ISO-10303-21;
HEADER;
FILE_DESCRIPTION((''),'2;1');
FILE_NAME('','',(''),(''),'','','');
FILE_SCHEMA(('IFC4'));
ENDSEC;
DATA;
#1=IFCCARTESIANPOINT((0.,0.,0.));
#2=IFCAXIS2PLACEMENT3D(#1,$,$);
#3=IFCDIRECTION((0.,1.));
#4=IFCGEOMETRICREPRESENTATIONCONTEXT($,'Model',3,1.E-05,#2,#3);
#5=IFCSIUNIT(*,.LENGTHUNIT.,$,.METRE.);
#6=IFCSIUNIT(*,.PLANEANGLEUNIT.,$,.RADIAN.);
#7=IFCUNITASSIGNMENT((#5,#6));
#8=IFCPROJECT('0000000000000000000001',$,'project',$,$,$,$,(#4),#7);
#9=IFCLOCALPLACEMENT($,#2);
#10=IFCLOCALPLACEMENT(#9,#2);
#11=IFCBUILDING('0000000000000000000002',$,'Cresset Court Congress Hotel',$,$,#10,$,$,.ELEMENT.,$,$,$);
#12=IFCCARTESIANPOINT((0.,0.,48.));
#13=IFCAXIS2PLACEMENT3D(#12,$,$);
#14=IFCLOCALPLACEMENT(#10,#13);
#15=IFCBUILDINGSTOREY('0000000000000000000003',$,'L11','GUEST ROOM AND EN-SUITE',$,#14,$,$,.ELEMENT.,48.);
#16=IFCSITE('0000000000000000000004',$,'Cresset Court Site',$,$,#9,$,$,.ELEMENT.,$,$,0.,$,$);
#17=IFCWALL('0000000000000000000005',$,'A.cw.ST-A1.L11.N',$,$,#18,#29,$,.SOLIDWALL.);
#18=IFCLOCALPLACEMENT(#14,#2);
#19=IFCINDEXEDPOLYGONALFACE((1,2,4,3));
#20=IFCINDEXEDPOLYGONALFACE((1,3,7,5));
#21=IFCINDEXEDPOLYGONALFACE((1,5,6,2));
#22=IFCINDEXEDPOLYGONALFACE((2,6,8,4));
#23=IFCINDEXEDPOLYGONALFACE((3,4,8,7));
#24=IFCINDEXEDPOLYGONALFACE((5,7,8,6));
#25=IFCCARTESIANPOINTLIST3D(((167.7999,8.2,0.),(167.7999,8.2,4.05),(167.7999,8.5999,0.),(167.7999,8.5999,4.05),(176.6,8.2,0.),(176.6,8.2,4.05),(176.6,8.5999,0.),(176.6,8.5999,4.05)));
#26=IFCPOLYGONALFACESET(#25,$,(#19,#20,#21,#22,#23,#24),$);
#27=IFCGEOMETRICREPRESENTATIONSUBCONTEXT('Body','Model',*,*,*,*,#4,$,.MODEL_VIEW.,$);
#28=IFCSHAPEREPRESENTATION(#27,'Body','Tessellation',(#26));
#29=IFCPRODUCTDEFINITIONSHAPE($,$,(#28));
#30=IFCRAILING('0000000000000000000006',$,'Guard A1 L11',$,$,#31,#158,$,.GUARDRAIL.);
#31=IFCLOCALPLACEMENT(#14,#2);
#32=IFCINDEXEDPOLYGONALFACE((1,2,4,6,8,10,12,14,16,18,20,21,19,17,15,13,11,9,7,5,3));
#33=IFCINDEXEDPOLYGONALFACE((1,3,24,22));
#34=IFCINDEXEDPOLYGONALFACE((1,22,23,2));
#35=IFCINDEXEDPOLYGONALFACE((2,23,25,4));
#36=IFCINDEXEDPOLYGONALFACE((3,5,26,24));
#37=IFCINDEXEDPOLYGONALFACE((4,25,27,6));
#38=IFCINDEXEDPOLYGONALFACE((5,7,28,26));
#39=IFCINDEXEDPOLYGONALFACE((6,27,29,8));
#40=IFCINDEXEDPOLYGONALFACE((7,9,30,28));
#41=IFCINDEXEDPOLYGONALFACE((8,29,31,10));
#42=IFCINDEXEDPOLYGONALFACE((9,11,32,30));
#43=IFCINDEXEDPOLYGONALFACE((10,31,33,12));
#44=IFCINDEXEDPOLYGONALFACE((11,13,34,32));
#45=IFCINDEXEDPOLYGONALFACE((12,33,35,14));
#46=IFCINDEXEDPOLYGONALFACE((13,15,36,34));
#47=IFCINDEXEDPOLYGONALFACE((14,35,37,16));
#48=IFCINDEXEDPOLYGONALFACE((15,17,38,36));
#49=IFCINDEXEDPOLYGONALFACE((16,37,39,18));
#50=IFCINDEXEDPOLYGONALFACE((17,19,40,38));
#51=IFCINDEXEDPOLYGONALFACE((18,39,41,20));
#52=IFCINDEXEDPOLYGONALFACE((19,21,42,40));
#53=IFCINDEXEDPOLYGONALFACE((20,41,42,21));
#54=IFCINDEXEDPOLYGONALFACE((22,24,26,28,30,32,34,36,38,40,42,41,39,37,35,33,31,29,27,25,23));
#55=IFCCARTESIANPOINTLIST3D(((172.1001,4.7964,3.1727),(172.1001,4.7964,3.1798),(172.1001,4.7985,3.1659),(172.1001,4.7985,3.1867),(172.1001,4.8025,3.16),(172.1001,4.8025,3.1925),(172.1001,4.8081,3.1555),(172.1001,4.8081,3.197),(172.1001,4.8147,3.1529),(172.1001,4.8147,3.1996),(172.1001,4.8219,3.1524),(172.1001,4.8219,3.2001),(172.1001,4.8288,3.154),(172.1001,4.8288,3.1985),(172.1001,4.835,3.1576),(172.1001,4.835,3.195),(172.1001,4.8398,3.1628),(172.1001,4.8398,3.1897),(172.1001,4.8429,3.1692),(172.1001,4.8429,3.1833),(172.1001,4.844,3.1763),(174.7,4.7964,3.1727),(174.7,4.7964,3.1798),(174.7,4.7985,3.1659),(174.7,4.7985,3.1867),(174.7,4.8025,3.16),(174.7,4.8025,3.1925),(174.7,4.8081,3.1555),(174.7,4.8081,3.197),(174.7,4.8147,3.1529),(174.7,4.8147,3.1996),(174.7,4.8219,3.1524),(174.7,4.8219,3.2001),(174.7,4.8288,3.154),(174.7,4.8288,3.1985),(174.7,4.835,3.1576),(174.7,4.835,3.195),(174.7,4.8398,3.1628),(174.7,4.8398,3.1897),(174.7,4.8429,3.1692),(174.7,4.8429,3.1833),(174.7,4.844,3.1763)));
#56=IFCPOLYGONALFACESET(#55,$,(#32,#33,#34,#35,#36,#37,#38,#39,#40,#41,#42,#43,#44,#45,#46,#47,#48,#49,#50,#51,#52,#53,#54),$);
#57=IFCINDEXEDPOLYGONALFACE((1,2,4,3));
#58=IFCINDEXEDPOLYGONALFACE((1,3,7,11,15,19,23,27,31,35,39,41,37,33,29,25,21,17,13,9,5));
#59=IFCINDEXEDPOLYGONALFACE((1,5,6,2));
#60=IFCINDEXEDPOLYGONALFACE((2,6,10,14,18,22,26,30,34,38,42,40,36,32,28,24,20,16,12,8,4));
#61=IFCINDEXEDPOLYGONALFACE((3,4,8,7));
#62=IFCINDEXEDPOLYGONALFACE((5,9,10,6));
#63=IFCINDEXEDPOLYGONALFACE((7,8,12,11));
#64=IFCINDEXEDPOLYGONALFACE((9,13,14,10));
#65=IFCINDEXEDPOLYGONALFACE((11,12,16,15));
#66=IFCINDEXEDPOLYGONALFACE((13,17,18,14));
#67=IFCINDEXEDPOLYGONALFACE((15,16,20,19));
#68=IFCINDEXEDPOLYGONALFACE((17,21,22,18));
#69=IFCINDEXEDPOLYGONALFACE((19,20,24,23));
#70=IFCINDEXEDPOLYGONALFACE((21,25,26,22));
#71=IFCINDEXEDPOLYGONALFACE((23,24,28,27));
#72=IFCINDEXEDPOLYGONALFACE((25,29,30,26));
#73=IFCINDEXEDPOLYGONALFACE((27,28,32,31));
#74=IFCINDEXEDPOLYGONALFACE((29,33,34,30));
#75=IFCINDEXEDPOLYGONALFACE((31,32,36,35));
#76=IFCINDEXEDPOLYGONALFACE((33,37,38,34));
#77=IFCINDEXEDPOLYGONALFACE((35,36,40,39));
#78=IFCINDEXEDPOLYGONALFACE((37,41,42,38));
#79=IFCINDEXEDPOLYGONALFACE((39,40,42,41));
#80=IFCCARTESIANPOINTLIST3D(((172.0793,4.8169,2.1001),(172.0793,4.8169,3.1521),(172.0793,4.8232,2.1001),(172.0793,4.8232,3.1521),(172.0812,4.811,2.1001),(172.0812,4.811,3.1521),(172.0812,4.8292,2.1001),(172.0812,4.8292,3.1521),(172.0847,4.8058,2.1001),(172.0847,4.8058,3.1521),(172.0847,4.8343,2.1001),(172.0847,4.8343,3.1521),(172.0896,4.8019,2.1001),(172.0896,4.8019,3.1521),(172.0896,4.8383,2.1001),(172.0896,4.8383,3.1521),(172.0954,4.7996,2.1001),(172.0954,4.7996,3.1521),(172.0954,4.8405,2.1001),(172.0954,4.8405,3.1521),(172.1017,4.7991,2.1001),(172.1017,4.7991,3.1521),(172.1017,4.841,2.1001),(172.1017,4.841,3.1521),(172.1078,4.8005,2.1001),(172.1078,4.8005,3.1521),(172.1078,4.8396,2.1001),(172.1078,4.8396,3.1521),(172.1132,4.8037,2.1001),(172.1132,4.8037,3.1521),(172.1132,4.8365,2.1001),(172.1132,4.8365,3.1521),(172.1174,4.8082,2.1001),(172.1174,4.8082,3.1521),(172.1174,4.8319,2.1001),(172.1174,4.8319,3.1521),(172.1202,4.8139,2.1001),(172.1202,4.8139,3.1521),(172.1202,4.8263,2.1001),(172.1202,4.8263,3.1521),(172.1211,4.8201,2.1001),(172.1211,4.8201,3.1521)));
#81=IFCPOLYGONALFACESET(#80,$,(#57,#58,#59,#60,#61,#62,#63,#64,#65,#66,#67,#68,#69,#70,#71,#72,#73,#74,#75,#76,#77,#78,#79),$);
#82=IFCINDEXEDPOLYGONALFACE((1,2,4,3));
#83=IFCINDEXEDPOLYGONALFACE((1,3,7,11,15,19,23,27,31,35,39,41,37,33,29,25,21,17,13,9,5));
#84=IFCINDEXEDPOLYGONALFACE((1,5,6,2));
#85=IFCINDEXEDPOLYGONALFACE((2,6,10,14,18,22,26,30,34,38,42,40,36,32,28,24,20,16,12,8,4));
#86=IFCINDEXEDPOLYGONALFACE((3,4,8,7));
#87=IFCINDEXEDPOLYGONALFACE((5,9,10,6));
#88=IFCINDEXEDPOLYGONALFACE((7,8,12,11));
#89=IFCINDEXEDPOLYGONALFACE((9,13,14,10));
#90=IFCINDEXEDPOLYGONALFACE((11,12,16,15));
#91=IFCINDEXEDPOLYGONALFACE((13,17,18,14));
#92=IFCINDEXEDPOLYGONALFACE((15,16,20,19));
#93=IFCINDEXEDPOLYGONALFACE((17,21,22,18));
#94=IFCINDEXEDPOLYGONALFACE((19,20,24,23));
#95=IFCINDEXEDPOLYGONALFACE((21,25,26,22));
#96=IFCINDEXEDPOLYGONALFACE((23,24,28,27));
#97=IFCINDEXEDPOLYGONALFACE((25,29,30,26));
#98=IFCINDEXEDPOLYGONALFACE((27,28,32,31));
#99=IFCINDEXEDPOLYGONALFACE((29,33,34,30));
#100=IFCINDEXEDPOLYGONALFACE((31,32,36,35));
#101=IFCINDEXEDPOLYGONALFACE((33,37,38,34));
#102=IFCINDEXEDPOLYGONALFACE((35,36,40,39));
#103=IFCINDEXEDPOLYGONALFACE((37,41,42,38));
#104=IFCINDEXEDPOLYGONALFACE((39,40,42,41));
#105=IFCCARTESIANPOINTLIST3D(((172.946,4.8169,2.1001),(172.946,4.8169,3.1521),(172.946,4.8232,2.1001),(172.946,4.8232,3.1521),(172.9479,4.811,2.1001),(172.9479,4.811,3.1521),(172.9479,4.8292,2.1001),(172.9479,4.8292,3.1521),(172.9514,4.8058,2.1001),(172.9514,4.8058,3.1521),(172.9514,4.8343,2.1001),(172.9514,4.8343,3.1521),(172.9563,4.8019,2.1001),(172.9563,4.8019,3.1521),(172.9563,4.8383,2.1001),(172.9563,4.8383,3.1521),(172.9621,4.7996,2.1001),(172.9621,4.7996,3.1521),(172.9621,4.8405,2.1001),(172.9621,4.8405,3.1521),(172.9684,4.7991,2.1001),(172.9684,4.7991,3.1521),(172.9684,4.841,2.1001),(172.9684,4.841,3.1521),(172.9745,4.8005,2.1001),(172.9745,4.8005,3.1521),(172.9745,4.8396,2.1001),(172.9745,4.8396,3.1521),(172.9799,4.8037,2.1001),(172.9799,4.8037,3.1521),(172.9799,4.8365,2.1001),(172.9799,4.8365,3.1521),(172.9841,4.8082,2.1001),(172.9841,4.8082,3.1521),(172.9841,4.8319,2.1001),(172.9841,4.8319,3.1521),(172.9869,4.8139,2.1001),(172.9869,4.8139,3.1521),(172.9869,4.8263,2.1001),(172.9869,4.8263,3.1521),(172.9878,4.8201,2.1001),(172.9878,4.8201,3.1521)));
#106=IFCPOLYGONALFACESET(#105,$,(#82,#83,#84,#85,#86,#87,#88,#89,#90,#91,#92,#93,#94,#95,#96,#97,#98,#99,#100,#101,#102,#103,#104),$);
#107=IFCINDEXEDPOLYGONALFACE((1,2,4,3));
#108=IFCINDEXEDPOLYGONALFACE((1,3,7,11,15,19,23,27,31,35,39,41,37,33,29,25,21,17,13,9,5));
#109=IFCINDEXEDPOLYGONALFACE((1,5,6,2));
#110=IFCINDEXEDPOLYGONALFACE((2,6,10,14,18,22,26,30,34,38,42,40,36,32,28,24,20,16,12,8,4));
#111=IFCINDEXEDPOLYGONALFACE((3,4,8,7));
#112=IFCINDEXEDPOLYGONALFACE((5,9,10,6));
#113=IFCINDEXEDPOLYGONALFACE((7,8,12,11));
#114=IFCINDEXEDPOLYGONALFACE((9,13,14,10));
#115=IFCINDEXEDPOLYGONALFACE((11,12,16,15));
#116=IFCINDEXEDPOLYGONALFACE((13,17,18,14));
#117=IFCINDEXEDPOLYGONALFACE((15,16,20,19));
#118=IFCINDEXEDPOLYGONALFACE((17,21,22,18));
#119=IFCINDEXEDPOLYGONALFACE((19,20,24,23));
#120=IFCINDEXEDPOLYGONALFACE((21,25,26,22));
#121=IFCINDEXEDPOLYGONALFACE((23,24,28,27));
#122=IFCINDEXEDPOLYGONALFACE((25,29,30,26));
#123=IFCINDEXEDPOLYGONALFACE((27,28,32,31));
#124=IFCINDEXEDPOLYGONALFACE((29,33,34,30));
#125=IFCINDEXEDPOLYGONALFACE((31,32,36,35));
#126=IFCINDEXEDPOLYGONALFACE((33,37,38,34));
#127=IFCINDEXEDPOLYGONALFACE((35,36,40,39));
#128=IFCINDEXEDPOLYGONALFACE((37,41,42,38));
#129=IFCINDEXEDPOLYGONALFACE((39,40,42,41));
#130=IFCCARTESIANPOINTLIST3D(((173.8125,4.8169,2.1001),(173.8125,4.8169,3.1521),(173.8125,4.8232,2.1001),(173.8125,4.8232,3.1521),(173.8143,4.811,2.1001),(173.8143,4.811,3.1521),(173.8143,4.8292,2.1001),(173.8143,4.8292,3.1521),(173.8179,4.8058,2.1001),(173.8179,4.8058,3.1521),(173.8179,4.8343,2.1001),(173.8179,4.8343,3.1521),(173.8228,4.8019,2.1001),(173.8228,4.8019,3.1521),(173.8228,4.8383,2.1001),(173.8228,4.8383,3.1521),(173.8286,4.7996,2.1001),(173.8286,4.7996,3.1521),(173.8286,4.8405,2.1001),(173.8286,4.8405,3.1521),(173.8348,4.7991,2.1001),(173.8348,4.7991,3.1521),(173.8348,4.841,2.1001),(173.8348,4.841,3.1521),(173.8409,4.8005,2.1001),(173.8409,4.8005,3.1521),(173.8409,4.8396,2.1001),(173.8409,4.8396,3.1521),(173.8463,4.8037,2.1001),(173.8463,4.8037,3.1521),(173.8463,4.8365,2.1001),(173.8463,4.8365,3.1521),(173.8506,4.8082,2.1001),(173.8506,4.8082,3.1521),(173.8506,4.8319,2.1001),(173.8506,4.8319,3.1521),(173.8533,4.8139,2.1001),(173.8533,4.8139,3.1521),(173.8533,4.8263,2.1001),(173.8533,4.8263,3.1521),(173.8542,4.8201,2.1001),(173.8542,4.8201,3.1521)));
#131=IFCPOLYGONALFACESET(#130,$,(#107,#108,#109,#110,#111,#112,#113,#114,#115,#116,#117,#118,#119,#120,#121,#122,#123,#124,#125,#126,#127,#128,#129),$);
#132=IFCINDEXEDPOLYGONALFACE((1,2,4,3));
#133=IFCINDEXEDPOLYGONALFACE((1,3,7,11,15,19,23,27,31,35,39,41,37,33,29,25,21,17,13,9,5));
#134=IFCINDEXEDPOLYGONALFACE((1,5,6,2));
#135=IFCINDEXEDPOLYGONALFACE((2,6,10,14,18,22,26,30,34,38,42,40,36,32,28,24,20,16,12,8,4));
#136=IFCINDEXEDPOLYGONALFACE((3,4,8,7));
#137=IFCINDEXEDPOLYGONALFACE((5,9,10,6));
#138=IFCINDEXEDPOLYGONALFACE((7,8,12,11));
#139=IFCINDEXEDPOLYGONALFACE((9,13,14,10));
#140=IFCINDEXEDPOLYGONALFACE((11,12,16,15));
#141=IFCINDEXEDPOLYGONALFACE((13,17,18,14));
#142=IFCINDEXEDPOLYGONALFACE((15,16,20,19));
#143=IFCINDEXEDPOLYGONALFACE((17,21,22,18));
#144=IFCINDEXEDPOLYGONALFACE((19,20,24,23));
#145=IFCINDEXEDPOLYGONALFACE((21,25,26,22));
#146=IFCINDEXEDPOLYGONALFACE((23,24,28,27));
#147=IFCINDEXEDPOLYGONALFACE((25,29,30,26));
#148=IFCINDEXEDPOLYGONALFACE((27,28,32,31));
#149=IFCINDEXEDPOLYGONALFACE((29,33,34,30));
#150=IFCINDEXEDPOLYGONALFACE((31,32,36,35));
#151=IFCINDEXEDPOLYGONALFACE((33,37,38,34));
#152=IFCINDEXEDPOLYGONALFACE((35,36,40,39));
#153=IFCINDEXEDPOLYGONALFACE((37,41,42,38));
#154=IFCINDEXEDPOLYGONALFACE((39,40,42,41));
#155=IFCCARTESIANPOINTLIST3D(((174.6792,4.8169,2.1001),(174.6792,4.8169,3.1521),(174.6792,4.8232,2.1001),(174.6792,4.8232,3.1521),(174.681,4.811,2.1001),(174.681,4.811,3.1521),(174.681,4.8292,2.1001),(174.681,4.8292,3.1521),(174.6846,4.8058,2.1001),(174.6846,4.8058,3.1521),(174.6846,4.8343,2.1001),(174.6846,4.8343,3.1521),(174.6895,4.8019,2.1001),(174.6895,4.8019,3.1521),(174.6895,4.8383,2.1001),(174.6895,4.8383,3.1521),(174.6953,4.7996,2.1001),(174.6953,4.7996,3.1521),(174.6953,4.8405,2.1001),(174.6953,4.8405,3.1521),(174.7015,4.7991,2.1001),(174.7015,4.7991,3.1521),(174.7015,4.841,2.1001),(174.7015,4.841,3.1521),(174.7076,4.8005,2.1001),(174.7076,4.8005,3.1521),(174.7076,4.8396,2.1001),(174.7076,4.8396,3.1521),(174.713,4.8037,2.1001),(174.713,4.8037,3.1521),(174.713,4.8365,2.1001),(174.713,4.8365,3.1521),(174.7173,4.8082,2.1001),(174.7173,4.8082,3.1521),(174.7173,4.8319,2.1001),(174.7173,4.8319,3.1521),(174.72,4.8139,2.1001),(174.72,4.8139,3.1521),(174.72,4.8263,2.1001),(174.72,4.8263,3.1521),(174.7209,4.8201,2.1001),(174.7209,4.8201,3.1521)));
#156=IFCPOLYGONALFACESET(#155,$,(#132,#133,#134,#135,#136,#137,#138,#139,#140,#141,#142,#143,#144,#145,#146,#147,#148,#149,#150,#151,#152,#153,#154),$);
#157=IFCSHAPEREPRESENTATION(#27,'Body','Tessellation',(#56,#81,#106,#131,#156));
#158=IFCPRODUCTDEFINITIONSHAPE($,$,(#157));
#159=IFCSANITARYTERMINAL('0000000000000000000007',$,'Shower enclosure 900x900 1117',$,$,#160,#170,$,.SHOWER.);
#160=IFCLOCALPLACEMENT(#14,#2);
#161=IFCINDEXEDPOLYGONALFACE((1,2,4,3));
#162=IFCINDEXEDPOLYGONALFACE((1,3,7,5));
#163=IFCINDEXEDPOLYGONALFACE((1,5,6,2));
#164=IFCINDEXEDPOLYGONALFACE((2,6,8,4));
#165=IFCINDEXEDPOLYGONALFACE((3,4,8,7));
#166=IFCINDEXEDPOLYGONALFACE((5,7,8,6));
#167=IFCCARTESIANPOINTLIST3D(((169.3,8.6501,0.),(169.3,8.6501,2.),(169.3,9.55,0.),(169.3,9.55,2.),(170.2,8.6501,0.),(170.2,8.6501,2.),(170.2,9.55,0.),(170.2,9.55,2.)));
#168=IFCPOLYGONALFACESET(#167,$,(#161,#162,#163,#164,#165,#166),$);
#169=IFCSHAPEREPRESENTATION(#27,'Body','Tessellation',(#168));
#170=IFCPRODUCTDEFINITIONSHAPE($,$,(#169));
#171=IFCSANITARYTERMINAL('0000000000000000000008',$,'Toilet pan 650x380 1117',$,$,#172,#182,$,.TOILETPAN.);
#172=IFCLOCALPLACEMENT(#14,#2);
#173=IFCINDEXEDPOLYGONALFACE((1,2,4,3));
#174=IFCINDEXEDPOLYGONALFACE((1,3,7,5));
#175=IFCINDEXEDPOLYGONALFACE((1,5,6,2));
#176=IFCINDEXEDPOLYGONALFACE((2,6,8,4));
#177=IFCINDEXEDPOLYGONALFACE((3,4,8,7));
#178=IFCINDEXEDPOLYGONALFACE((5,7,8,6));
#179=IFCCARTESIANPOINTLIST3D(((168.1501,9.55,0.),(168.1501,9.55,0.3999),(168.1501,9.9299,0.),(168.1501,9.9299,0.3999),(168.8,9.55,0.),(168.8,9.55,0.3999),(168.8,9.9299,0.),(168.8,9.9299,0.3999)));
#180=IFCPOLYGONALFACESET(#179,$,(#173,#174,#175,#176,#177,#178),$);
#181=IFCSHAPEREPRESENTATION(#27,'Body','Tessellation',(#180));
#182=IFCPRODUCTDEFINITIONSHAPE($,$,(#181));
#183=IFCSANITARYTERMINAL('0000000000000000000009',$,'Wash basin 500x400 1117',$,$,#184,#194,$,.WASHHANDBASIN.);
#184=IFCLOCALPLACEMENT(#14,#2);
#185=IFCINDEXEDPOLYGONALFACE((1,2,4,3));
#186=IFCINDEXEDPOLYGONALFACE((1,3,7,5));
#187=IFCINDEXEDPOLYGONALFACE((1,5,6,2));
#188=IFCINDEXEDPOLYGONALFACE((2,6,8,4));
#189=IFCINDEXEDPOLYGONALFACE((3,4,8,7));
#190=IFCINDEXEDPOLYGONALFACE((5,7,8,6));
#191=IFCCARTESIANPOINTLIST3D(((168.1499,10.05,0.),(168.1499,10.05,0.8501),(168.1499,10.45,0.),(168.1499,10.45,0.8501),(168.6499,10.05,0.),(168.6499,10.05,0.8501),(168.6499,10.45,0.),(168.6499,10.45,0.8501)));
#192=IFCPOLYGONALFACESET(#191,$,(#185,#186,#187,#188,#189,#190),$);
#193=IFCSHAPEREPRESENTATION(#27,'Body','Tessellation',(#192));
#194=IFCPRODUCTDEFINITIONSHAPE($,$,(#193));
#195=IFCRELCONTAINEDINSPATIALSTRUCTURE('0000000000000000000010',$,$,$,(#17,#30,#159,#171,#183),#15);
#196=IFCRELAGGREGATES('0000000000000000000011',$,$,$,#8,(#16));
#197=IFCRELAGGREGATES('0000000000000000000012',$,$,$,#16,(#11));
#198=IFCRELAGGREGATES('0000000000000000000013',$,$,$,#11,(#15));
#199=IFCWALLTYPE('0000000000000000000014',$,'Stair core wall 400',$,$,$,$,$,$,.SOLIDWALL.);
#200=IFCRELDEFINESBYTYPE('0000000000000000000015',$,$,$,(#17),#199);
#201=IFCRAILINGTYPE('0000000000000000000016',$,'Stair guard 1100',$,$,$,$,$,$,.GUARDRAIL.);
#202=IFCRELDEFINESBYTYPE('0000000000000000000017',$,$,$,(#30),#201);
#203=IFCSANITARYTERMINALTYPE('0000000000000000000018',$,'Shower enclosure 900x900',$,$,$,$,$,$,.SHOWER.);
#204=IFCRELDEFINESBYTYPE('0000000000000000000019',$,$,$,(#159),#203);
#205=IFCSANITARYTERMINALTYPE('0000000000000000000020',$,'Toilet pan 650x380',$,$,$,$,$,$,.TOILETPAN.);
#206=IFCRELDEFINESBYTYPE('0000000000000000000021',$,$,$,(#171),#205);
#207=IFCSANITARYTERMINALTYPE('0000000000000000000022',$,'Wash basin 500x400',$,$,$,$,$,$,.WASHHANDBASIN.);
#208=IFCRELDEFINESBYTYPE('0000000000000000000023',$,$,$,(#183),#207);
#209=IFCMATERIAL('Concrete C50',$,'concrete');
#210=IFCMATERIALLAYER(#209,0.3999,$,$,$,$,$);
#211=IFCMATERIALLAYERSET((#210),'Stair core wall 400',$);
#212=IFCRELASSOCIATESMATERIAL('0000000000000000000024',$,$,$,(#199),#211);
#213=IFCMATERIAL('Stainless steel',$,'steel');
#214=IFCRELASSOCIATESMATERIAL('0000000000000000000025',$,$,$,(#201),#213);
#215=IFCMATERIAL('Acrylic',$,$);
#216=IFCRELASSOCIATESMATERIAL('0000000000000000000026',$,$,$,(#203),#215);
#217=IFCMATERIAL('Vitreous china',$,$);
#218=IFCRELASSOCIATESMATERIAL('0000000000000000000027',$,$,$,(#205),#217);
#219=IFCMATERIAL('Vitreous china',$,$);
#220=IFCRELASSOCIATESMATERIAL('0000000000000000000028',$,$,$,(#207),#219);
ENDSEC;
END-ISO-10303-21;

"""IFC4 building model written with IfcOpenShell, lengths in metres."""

from ifc_helpers import new_model, si_unit, direction, frame, frame_2d, origin, origin_2d, place, context, subcontext, project, spatial, rectangle, circle, extrude, material, layer, layer_set, type_object, element, save


model = new_model("IFC4")

# Units and contexts
model_context = context("Model", 3, precision=1e-05, world=origin(), true_north=direction((0.0, 1.0)))
body_context = subcontext(model_context, "Body", "Model", "MODEL_VIEW")
ifc_project = project(units=[si_unit("LENGTHUNIT", "METRE"), si_unit("PLANEANGLEUNIT", "RADIAN")], contexts=[model_context])

# Site, building, storey
site_placement = place(None, origin())
site = spatial("IfcSite", under=ifc_project, at=site_placement, Name="Cresset Court Site", CompositionType="ELEMENT", RefElevation=0.0)
building_placement = place(site_placement, origin())
building = spatial("IfcBuilding", under=site, at=building_placement, Name="Cresset Court Congress Hotel", CompositionType="ELEMENT")
storey_placement = place(building_placement, frame((0.0, 0.0, 48.0)))
storey = spatial("IfcBuildingStorey", under=building, at=storey_placement, Name="L11", Description="GUEST ROOM AND EN-SUITE", CompositionType="ELEMENT", Elevation=48.0)

# Wall
ifc_material_1 = material(Name="Concrete C50", Category="concrete")
ifc_layer_1 = layer(ifc_material_1, 0.3999)
ifc_layer_set_1 = layer_set([ifc_layer_1], Name="Stair core wall 400")
wall_type_1 = type_object("IfcWallType", Name="Stair core wall 400", PredefinedType="SOLIDWALL", material=ifc_layer_set_1)
wall_1_placement = place(storey_placement, frame((167.8, 8.3999, 0.0), z_axis=(0.0, 0.0, 1.0), x_axis=(1.0, 0.0, 0.0)))
element("IfcWall", 1, at=wall_1_placement, inside=storey, type_object=wall_type_1, Name="A.cw.ST-A1.L11.N", PredefinedType="SOLIDWALL", context=body_context, shape_type="SweptSolid", body=[
    extrude(rectangle(XDim=8.8, YDim=0.3999, at=frame_2d((4.3999, 0.0))), origin(), (0.0, 0.0, 1.0), 4.05),
])

# Railing
ifc_material_2 = material(Name="Stainless steel", Category="steel")
railing_type = type_object("IfcRailingType", Name="Stair guard 1100", PredefinedType="GUARDRAIL", material=ifc_material_2)
railing_placement = place(storey_placement, frame((172.1001, 4.8201, 2.1001)))
element("IfcRailing", 2, at=railing_placement, inside=storey, type_object=railing_type, Name="Guard A1 L11", PredefinedType="GUARDRAIL", context=body_context, shape_type="SweptSolid", body=[
    extrude(circle(Radius=0.0239, at=origin_2d()), frame((0.0, 0.0, 1.0762), z_axis=(1.0, 0.0, 0.0), x_axis=(0.0, 1.0, 0.0)), (0.0, 0.0, 1.0), 2.5999),
    extrude(circle(Radius=0.021, at=origin_2d()), origin(), (0.0, 0.0, 1.0), 1.052),
    extrude(circle(Radius=0.021, at=origin_2d()), frame((0.8667, 0.0, 0.0)), (0.0, 0.0, 1.0), 1.052),
    extrude(circle(Radius=0.021, at=origin_2d()), frame((1.7332, 0.0, 0.0)), (0.0, 0.0, 1.0), 1.052),
    extrude(circle(Radius=0.021, at=origin_2d()), frame((2.5999, 0.0, 0.0)), (0.0, 0.0, 1.0), 1.052),
])

# Sanitary terminals
ifc_material_3 = material(Name="Acrylic")
sanitary_terminal_type_1 = type_object("IfcSanitaryTerminalType", Name="Shower enclosure 900x900", PredefinedType="SHOWER", material=ifc_material_3)
sanitary_terminal_1_placement = place(storey_placement, frame((169.75, 9.1001, 0.0), z_axis=(0.0, 0.0, 1.0), x_axis=(1.0, 0.0, 0.0)))
element("IfcSanitaryTerminal", 3, at=sanitary_terminal_1_placement, inside=storey, type_object=sanitary_terminal_type_1, Name="Shower enclosure 900x900 1117", PredefinedType="SHOWER", context=body_context, shape_type="SweptSolid", body=[
    extrude(rectangle(XDim=0.8999, YDim=0.8999, at=origin_2d()), origin(), (0.0, 0.0, 1.0), 2.0),
])
ifc_material_4 = material(Name="Vitreous china")
sanitary_terminal_type_2 = type_object("IfcSanitaryTerminalType", Name="Toilet pan 650x380", PredefinedType="TOILETPAN", material=ifc_material_4)
sanitary_terminal_2_placement = place(storey_placement, frame((168.4751, 9.74, 0.0), z_axis=(0.0, 0.0, 1.0), x_axis=(1.0, 0.0, 0.0)))
element("IfcSanitaryTerminal", 4, at=sanitary_terminal_2_placement, inside=storey, type_object=sanitary_terminal_type_2, Name="Toilet pan 650x380 1117", PredefinedType="TOILETPAN", context=body_context, shape_type="SweptSolid", body=[
    extrude(rectangle(XDim=0.6499, YDim=0.3799, at=origin_2d()), origin(), (0.0, 0.0, 1.0), 0.3999),
])
ifc_material_5 = material(Name="Vitreous china")
sanitary_terminal_type_3 = type_object("IfcSanitaryTerminalType", Name="Wash basin 500x400", PredefinedType="WASHHANDBASIN", material=ifc_material_5)
sanitary_terminal_3_placement = place(storey_placement, frame((168.3999, 10.25, 0.0), z_axis=(0.0, 0.0, 1.0), x_axis=(1.0, 0.0, 0.0)))
element("IfcSanitaryTerminal", 5, at=sanitary_terminal_3_placement, inside=storey, type_object=sanitary_terminal_type_3, Name="Wash basin 500x400 1117", PredefinedType="WASHHANDBASIN", context=body_context, shape_type="SweptSolid", body=[
    extrude(rectangle(XDim=0.5, YDim=0.3999, at=origin_2d()), origin(), (0.0, 0.0, 1.0), 0.8501),
])

save(model, "model.ifc")
